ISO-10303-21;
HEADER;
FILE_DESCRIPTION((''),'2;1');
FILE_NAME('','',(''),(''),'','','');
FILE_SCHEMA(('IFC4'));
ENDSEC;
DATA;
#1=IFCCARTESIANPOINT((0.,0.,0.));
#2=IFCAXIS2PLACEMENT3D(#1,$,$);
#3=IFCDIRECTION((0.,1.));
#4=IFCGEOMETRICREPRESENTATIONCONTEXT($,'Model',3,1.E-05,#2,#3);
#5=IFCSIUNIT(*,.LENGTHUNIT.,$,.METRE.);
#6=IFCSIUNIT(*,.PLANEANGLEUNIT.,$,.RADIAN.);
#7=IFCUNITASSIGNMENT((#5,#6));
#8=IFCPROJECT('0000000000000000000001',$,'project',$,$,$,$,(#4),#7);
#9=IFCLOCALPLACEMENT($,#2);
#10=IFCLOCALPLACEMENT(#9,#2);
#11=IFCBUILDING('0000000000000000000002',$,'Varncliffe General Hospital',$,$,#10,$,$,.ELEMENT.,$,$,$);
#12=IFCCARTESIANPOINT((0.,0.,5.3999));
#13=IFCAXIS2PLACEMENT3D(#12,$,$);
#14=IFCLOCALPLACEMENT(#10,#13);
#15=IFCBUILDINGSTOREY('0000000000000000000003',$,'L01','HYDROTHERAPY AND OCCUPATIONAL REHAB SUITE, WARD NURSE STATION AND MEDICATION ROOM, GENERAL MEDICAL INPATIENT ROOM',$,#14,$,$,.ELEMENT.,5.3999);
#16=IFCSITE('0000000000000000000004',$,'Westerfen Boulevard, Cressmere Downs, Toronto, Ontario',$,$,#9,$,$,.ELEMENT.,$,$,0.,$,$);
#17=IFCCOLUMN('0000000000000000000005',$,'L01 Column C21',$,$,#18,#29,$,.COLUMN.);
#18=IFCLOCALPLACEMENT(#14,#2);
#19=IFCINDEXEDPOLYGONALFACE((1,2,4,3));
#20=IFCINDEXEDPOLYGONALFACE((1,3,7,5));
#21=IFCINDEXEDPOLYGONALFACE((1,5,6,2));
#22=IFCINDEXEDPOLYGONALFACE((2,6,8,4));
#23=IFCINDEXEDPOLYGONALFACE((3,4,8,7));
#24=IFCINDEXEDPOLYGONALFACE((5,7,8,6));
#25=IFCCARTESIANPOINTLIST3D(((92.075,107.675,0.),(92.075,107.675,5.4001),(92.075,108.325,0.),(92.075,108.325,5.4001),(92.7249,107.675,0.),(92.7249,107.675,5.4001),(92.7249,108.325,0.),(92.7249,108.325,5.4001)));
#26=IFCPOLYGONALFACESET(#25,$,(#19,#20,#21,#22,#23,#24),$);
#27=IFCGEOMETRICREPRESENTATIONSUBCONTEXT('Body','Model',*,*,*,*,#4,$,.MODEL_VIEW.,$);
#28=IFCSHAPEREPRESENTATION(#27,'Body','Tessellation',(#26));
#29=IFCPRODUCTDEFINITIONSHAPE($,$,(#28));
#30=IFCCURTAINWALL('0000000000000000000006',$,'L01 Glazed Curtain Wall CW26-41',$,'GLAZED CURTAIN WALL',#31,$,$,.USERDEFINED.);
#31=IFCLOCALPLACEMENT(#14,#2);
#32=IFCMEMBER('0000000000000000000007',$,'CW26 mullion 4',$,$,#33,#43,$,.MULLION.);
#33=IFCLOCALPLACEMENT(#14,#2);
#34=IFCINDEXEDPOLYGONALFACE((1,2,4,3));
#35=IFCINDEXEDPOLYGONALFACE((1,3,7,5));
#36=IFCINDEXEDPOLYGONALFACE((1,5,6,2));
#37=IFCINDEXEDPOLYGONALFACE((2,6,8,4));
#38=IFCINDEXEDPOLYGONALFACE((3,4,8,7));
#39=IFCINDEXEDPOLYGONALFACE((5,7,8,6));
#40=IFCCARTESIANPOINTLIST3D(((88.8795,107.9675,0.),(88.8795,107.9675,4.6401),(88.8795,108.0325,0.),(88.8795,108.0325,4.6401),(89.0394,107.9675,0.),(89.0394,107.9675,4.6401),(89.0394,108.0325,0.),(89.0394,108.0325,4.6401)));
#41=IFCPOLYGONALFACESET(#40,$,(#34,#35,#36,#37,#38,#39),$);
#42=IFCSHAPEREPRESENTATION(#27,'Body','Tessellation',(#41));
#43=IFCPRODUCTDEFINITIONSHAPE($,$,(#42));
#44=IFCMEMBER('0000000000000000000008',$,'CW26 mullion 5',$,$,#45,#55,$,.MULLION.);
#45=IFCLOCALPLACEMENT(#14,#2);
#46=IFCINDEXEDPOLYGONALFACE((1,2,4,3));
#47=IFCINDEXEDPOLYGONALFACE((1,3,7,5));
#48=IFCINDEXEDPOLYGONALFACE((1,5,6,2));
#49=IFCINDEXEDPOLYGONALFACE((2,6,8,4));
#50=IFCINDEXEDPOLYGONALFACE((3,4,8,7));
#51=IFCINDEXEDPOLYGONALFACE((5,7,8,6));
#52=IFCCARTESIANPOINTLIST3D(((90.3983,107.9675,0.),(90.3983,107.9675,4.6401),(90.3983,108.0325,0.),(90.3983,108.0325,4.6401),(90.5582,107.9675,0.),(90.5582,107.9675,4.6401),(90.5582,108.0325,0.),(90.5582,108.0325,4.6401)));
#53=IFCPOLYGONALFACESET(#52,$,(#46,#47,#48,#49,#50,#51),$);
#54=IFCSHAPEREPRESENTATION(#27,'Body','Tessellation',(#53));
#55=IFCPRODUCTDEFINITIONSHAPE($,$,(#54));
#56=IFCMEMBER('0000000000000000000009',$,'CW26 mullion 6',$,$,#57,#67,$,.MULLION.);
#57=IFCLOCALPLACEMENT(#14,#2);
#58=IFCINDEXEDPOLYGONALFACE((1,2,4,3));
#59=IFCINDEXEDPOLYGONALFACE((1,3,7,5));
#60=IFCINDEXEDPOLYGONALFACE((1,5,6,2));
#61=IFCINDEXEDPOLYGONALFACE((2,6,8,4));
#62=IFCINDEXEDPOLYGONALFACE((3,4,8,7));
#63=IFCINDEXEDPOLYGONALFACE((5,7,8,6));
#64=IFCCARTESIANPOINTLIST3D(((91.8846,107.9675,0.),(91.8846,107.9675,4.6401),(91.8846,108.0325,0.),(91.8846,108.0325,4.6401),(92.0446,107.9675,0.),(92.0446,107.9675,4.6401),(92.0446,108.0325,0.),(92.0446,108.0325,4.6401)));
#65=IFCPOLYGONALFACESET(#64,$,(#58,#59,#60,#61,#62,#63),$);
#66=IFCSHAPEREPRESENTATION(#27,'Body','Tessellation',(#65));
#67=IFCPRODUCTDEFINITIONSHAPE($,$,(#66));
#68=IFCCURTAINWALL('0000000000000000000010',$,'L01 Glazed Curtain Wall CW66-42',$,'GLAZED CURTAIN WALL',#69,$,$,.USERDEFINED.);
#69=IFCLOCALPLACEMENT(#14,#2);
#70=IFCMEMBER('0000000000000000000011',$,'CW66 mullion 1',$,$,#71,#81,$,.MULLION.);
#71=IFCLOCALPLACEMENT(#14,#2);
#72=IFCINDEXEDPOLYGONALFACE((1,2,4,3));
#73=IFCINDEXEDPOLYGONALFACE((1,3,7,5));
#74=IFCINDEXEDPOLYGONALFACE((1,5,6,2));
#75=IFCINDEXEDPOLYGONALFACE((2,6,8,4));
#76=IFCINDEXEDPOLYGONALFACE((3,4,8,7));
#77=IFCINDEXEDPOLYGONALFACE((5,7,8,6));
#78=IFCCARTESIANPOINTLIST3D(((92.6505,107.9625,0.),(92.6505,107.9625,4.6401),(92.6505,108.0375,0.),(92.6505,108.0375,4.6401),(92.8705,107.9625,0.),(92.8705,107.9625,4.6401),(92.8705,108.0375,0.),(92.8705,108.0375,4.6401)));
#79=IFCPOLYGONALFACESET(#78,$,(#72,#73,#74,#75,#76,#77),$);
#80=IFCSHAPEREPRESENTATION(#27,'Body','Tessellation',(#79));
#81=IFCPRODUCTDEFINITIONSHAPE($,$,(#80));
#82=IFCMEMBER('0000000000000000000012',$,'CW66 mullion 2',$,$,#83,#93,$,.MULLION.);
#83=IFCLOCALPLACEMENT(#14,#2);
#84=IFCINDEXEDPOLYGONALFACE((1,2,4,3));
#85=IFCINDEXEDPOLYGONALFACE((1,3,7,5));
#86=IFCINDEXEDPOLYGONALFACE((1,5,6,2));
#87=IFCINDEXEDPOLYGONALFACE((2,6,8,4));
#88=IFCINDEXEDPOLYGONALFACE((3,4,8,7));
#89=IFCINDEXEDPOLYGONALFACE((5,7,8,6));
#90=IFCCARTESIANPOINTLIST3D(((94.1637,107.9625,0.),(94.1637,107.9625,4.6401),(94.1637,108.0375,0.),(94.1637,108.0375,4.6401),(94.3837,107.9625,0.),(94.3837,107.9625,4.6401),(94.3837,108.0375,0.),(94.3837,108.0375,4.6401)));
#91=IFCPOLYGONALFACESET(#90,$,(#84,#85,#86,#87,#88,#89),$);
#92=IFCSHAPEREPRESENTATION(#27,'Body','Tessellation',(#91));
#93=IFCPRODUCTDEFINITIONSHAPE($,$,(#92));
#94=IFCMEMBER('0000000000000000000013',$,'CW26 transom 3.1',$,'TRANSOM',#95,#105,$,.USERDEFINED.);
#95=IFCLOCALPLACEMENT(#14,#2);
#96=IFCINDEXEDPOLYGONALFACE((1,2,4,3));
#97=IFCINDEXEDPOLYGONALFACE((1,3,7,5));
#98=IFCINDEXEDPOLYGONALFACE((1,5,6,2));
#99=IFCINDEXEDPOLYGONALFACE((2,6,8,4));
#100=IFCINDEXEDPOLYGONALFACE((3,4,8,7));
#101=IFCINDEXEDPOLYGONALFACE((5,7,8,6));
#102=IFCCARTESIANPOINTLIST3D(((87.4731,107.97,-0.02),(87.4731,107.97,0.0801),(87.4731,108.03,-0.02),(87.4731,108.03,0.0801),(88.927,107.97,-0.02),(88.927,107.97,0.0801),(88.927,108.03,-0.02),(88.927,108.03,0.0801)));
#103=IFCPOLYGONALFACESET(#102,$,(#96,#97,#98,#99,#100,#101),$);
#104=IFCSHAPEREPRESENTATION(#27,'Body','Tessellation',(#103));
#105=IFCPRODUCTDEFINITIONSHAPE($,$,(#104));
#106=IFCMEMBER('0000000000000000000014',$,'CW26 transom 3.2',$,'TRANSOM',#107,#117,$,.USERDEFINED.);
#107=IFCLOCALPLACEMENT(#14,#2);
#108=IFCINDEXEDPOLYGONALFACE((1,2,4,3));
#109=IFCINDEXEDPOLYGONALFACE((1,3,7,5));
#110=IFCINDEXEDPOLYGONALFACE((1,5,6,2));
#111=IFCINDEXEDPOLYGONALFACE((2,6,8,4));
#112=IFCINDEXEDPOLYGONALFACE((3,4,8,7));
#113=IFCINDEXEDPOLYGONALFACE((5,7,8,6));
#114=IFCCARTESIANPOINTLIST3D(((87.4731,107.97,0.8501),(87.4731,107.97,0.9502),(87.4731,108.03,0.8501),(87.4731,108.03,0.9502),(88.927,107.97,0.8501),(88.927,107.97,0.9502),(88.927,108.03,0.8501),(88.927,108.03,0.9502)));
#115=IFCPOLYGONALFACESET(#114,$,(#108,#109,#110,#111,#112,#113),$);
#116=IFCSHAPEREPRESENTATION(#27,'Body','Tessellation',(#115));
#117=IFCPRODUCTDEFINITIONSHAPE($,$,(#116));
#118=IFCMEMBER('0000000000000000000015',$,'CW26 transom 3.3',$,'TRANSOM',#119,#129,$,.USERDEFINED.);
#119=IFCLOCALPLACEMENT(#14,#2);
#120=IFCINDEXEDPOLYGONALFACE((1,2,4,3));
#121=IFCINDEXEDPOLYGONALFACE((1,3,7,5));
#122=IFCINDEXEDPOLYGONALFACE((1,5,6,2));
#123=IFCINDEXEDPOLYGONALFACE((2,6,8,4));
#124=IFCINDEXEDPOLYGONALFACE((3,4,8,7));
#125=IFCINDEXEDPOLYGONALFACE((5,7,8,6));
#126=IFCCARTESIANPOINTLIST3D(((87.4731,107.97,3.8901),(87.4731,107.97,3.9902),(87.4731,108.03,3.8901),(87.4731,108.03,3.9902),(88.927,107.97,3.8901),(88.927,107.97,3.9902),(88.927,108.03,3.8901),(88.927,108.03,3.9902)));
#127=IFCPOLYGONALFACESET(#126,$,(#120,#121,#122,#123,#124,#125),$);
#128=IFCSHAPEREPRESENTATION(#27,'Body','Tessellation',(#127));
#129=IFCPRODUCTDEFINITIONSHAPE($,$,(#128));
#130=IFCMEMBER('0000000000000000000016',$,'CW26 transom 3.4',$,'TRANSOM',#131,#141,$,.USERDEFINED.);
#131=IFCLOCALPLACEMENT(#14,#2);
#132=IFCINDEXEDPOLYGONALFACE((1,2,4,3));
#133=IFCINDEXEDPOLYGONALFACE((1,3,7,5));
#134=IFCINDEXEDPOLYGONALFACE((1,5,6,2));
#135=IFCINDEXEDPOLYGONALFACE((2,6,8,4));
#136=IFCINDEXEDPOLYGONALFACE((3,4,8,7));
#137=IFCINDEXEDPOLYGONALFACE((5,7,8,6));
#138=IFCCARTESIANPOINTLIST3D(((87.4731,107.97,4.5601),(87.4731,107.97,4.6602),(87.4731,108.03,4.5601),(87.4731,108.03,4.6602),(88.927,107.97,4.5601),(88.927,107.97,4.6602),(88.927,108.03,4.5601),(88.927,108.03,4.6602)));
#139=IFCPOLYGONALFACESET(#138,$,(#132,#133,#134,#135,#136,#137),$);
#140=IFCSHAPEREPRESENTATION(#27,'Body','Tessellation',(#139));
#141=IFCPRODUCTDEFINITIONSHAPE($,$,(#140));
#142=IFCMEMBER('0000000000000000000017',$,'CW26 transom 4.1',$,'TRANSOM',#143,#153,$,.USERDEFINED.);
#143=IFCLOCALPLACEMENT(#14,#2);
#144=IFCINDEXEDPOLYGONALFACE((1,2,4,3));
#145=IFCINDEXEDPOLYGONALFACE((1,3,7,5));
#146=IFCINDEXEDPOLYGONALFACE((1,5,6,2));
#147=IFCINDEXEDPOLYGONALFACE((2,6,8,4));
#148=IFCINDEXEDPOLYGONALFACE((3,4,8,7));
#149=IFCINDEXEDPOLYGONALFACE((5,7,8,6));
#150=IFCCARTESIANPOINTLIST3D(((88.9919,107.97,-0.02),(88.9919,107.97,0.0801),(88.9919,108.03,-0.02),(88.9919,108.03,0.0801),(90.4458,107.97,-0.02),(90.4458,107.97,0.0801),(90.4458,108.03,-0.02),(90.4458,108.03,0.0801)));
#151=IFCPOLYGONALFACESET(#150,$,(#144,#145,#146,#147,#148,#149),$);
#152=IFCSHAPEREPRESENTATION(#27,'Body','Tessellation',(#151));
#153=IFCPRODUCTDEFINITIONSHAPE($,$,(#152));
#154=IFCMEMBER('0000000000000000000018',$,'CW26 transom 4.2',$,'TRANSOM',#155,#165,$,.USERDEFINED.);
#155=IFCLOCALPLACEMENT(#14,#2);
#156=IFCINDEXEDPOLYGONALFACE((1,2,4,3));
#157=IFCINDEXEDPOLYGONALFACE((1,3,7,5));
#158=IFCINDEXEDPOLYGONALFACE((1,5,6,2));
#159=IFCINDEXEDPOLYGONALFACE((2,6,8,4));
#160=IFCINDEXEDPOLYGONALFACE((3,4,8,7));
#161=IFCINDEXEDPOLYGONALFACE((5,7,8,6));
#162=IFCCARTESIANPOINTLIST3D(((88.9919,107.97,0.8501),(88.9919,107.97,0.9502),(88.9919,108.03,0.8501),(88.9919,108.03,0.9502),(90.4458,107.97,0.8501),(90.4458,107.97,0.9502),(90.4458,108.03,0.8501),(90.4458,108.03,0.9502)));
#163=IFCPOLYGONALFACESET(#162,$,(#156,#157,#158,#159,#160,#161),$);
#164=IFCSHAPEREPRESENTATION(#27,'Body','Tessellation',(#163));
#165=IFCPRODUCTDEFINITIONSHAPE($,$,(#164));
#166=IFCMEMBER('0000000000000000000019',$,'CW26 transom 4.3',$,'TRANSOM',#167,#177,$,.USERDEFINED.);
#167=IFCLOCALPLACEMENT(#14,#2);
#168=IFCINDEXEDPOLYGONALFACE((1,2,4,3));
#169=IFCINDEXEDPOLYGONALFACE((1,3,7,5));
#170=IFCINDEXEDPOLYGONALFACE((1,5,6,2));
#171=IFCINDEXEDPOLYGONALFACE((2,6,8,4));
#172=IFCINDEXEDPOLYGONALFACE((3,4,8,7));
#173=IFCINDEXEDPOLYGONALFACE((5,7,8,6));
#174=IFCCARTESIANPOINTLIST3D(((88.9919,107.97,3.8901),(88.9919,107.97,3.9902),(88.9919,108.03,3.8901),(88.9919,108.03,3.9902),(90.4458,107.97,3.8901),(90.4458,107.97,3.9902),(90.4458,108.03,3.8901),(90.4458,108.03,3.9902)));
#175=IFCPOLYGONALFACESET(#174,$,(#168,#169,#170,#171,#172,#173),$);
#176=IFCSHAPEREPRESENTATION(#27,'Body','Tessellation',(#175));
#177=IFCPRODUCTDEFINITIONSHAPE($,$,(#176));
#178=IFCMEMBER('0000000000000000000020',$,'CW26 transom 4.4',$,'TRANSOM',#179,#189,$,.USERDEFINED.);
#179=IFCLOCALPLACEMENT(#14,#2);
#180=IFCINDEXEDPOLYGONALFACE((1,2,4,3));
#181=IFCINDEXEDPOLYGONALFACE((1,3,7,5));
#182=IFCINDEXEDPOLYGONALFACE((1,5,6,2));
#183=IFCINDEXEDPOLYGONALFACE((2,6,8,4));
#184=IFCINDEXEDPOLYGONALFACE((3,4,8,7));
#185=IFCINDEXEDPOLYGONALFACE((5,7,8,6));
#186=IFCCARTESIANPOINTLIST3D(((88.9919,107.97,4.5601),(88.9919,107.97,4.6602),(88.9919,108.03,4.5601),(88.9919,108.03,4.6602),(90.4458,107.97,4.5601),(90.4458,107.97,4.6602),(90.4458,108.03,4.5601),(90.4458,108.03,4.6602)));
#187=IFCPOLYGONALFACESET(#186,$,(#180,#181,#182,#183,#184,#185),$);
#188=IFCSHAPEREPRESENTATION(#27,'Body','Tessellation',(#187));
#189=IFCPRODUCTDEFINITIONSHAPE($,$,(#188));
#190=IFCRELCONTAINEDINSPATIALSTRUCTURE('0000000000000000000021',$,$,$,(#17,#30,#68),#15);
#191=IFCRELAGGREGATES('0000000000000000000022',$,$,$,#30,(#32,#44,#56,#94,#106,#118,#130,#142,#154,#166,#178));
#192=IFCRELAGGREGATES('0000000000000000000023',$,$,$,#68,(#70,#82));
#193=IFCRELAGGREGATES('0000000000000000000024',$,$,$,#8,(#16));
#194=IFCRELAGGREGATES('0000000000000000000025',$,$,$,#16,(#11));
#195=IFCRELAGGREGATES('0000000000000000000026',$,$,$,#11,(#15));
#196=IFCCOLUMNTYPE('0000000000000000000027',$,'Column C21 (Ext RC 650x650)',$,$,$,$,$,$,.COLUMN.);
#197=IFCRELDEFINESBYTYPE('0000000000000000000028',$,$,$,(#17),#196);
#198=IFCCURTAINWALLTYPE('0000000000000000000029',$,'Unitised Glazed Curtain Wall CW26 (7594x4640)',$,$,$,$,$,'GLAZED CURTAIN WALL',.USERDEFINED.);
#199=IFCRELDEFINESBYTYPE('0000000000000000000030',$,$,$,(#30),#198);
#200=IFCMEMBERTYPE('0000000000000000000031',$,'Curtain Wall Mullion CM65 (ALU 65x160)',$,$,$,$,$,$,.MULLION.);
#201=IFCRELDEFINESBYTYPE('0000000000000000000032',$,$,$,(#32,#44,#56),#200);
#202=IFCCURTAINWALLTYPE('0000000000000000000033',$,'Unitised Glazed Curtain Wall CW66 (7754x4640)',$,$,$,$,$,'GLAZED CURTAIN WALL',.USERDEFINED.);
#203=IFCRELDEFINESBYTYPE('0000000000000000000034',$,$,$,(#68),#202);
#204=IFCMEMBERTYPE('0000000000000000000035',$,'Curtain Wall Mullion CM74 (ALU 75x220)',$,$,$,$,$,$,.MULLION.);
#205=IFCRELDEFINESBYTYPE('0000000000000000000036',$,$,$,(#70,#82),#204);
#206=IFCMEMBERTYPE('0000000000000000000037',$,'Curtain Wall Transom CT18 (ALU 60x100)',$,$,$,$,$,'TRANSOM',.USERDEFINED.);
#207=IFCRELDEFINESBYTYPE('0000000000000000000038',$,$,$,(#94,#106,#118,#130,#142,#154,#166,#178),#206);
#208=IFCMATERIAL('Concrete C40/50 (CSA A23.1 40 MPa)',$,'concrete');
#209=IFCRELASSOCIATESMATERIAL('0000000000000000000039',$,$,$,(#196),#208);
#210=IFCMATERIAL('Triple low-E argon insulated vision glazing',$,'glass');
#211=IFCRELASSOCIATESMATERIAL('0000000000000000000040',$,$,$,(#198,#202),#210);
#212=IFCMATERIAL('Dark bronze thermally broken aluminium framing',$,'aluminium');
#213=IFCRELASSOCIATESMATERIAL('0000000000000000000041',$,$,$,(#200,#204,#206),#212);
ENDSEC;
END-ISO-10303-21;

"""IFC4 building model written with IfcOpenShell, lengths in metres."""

from ifc_helpers import new_model, si_unit, direction, frame, origin, origin_2d, place, context, subcontext, project, spatial, rectangle, extrude, material, material_profile, profile_set, type_object, element, aggregate, save


model = new_model("IFC4")

# Units and contexts
model_context = context("Model", 3, precision=1e-05, world=origin(), true_north=direction((0.0, 1.0)))
body_context = subcontext(model_context, "Body", "Model", "MODEL_VIEW")
ifc_project = project(units=[si_unit("LENGTHUNIT", "METRE"), si_unit("PLANEANGLEUNIT", "RADIAN")], contexts=[model_context])

# Site, building, storey
site_placement = place(None, origin())
site = spatial("IfcSite", under=ifc_project, at=site_placement, Name="Westerfen Boulevard, Cressmere Downs, Toronto, Ontario", CompositionType="ELEMENT", RefElevation=0.0)
building_placement = place(site_placement, origin())
building = spatial("IfcBuilding", under=site, at=building_placement, Name="Varncliffe General Hospital", CompositionType="ELEMENT")
storey_placement = place(building_placement, frame((0.0, 0.0, 5.3999)))
storey = spatial("IfcBuildingStorey", under=building, at=storey_placement, Name="L01", Description="HYDROTHERAPY AND OCCUPATIONAL REHAB SUITE, WARD NURSE STATION AND MEDICATION ROOM, GENERAL MEDICAL INPATIENT ROOM", CompositionType="ELEMENT", Elevation=5.3999)

# Column
ifc_material_1 = material(Name="Concrete C40/50 (CSA A23.1 40 MPa)", Category="concrete")
ifc_material_profile_1 = material_profile(ifc_material_1, rectangle(XDim=0.6499, YDim=0.6499, at=origin_2d()), Name="RC 650x650")
ifc_profile_set_1 = profile_set([ifc_material_profile_1], Name="Concrete C40/50 (CSA A23.1 40 MPa)")
column_type = type_object("IfcColumnType", Name="Column C21 (Ext RC 650x650)", PredefinedType="COLUMN", material=ifc_profile_set_1)
column_placement = place(storey_placement, frame((92.3999, 108.0, 0.0), z_axis=(0.0, 0.0, 1.0), x_axis=(1.0, 0.0, 0.0)))
element("IfcColumn", 1, at=column_placement, inside=storey, type_object=column_type, Name="L01 Column C21", PredefinedType="COLUMN", context=body_context, shape_type="SweptSolid", body=[
    extrude(rectangle(XDim=0.6499, YDim=0.6499, at=origin_2d()), origin(), (0.0, 0.0, 1.0), 5.4001),
])

# Curtain walls, members
ifc_material_2 = material(Name="Triple low-E argon insulated vision glazing", Category="glass")
curtain_wall_type_1 = type_object("IfcCurtainWallType", Name="Unitised Glazed Curtain Wall CW26 (7594x4640)", ElementType="GLAZED CURTAIN WALL", PredefinedType="USERDEFINED", material=ifc_material_2)
curtain_wall_1_placement = place(storey_placement, origin())
curtain_wall_1 = element("IfcCurtainWall", 2, at=curtain_wall_1_placement, inside=storey, type_object=curtain_wall_type_1, Name="L01 Glazed Curtain Wall CW26-41", ObjectType="GLAZED CURTAIN WALL", PredefinedType="USERDEFINED")
ifc_material_3 = material(Name="Dark bronze thermally broken aluminium framing", Category="aluminium")
ifc_material_profile_2 = material_profile(ifc_material_3, rectangle(XDim=0.0649, YDim=0.1599, at=origin_2d()), Name="ALU 65x160")
ifc_profile_set_2 = profile_set([ifc_material_profile_2], Name="Dark bronze thermally broken aluminium framing")
member_type_1 = type_object("IfcMemberType", Name="Curtain Wall Mullion CM65 (ALU 65x160)", PredefinedType="MULLION", material=ifc_profile_set_2)
member_1_placement = place(storey_placement, frame((88.9595, 108.0, 0.0), z_axis=(0.0, 0.0, 1.0), x_axis=(0.0, 1.0, 0.0)))
member_1 = element("IfcMember", 3, at=member_1_placement, type_object=member_type_1, Name="CW26 mullion 4", PredefinedType="MULLION", context=body_context, shape_type="SweptSolid", body=[
    extrude(rectangle(XDim=0.0649, YDim=0.1599, at=origin_2d()), origin(), (0.0, 0.0, 1.0), 4.6401),
])
member_2_placement = place(storey_placement, frame((90.4783, 108.0, 0.0), z_axis=(0.0, 0.0, 1.0), x_axis=(0.0, 1.0, 0.0)))
member_2 = element("IfcMember", 4, at=member_2_placement, type_object=member_type_1, Name="CW26 mullion 5", PredefinedType="MULLION", context=body_context, shape_type="SweptSolid", body=[
    extrude(rectangle(XDim=0.0649, YDim=0.1599, at=origin_2d()), origin(), (0.0, 0.0, 1.0), 4.6401),
])
member_3_placement = place(storey_placement, frame((91.9646, 108.0, 0.0), z_axis=(0.0, 0.0, 1.0), x_axis=(0.0, 1.0, 0.0)))
member_3 = element("IfcMember", 5, at=member_3_placement, type_object=member_type_1, Name="CW26 mullion 6", PredefinedType="MULLION", context=body_context, shape_type="SweptSolid", body=[
    extrude(rectangle(XDim=0.0649, YDim=0.1599, at=origin_2d()), origin(), (0.0, 0.0, 1.0), 4.6401),
])
curtain_wall_type_2 = type_object("IfcCurtainWallType", Name="Unitised Glazed Curtain Wall CW66 (7754x4640)", ElementType="GLAZED CURTAIN WALL", PredefinedType="USERDEFINED", material=ifc_material_2)
curtain_wall_2_placement = place(storey_placement, origin())
curtain_wall_2 = element("IfcCurtainWall", 6, at=curtain_wall_2_placement, inside=storey, type_object=curtain_wall_type_2, Name="L01 Glazed Curtain Wall CW66-42", ObjectType="GLAZED CURTAIN WALL", PredefinedType="USERDEFINED")
ifc_material_profile_3 = material_profile(ifc_material_3, rectangle(XDim=0.075, YDim=0.22, at=origin_2d()), Name="ALU 75x220")
ifc_profile_set_3 = profile_set([ifc_material_profile_3], Name="Dark bronze thermally broken aluminium framing")
member_type_2 = type_object("IfcMemberType", Name="Curtain Wall Mullion CM74 (ALU 75x220)", PredefinedType="MULLION", material=ifc_profile_set_3)
member_4_placement = place(storey_placement, frame((92.7605, 108.0, 0.0), z_axis=(0.0, 0.0, 1.0), x_axis=(0.0, 1.0, 0.0)))
member_4 = element("IfcMember", 7, at=member_4_placement, type_object=member_type_2, Name="CW66 mullion 1", PredefinedType="MULLION", context=body_context, shape_type="SweptSolid", body=[
    extrude(rectangle(XDim=0.075, YDim=0.22, at=origin_2d()), origin(), (0.0, 0.0, 1.0), 4.6401),
])
member_5_placement = place(storey_placement, frame((94.2737, 108.0, 0.0), z_axis=(0.0, 0.0, 1.0), x_axis=(0.0, 1.0, 0.0)))
member_5 = element("IfcMember", 8, at=member_5_placement, type_object=member_type_2, Name="CW66 mullion 2", PredefinedType="MULLION", context=body_context, shape_type="SweptSolid", body=[
    extrude(rectangle(XDim=0.075, YDim=0.22, at=origin_2d()), origin(), (0.0, 0.0, 1.0), 4.6401),
])

# Members
ifc_material_profile_4 = material_profile(ifc_material_3, rectangle(XDim=0.0601, YDim=0.1001, at=origin_2d()), Name="ALU 60x100")
ifc_profile_set_4 = profile_set([ifc_material_profile_4], Name="Dark bronze thermally broken aluminium framing")
member_type_3 = type_object("IfcMemberType", Name="Curtain Wall Transom CT18 (ALU 60x100)", ElementType="TRANSOM", PredefinedType="USERDEFINED", material=ifc_profile_set_4)
member_6_placement = place(storey_placement, frame((87.4731, 108.0, 0.03), z_axis=(1.0, 0.0, 0.0), x_axis=(0.0, 1.0, 0.0)))
member_6 = element("IfcMember", 9, at=member_6_placement, type_object=member_type_3, Name="CW26 transom 3.1", ObjectType="TRANSOM", PredefinedType="USERDEFINED", context=body_context, shape_type="SweptSolid", body=[
    extrude(rectangle(XDim=0.0601, YDim=0.1001, at=origin_2d()), origin(), (0.0, 0.0, 1.0), 1.4539),
])
member_7_placement = place(storey_placement, frame((87.4731, 108.0, 0.9001), z_axis=(1.0, 0.0, 0.0), x_axis=(0.0, 1.0, 0.0)))
member_7 = element("IfcMember", 10, at=member_7_placement, type_object=member_type_3, Name="CW26 transom 3.2", ObjectType="TRANSOM", PredefinedType="USERDEFINED", context=body_context, shape_type="SweptSolid", body=[
    extrude(rectangle(XDim=0.0601, YDim=0.1001, at=origin_2d()), origin(), (0.0, 0.0, 1.0), 1.4539),
])
member_8_placement = place(storey_placement, frame((87.4731, 108.0, 3.9402), z_axis=(1.0, 0.0, 0.0), x_axis=(0.0, 1.0, 0.0)))
member_8 = element("IfcMember", 11, at=member_8_placement, type_object=member_type_3, Name="CW26 transom 3.3", ObjectType="TRANSOM", PredefinedType="USERDEFINED", context=body_context, shape_type="SweptSolid", body=[
    extrude(rectangle(XDim=0.0601, YDim=0.1001, at=origin_2d()), origin(), (0.0, 0.0, 1.0), 1.4539),
])
member_9_placement = place(storey_placement, frame((87.4731, 108.0, 4.6101), z_axis=(1.0, 0.0, 0.0), x_axis=(0.0, 1.0, 0.0)))
member_9 = element("IfcMember", 12, at=member_9_placement, type_object=member_type_3, Name="CW26 transom 3.4", ObjectType="TRANSOM", PredefinedType="USERDEFINED", context=body_context, shape_type="SweptSolid", body=[
    extrude(rectangle(XDim=0.0601, YDim=0.1001, at=origin_2d()), origin(), (0.0, 0.0, 1.0), 1.4539),
])
member_10_placement = place(storey_placement, frame((88.9919, 108.0, 0.03), z_axis=(1.0, 0.0, 0.0), x_axis=(0.0, 1.0, 0.0)))
member_10 = element("IfcMember", 13, at=member_10_placement, type_object=member_type_3, Name="CW26 transom 4.1", ObjectType="TRANSOM", PredefinedType="USERDEFINED", context=body_context, shape_type="SweptSolid", body=[
    extrude(rectangle(XDim=0.0601, YDim=0.1001, at=origin_2d()), origin(), (0.0, 0.0, 1.0), 1.4539),
])
member_11_placement = place(storey_placement, frame((88.9919, 108.0, 0.9001), z_axis=(1.0, 0.0, 0.0), x_axis=(0.0, 1.0, 0.0)))
member_11 = element("IfcMember", 14, at=member_11_placement, type_object=member_type_3, Name="CW26 transom 4.2", ObjectType="TRANSOM", PredefinedType="USERDEFINED", context=body_context, shape_type="SweptSolid", body=[
    extrude(rectangle(XDim=0.0601, YDim=0.1001, at=origin_2d()), origin(), (0.0, 0.0, 1.0), 1.4539),
])
member_12_placement = place(storey_placement, frame((88.9919, 108.0, 3.9402), z_axis=(1.0, 0.0, 0.0), x_axis=(0.0, 1.0, 0.0)))
member_12 = element("IfcMember", 15, at=member_12_placement, type_object=member_type_3, Name="CW26 transom 4.3", ObjectType="TRANSOM", PredefinedType="USERDEFINED", context=body_context, shape_type="SweptSolid", body=[
    extrude(rectangle(XDim=0.0601, YDim=0.1001, at=origin_2d()), origin(), (0.0, 0.0, 1.0), 1.4539),
])
member_13_placement = place(storey_placement, frame((88.9919, 108.0, 4.6101), z_axis=(1.0, 0.0, 0.0), x_axis=(0.0, 1.0, 0.0)))
member_13 = element("IfcMember", 16, at=member_13_placement, type_object=member_type_3, Name="CW26 transom 4.4", ObjectType="TRANSOM", PredefinedType="USERDEFINED", context=body_context, shape_type="SweptSolid", body=[
    extrude(rectangle(XDim=0.0601, YDim=0.1001, at=origin_2d()), origin(), (0.0, 0.0, 1.0), 1.4539),
])

aggregate(curtain_wall_1, [member_1, member_2, member_3, member_6, member_7, member_8, member_9, member_10, member_11, member_12, member_13])
aggregate(curtain_wall_2, [member_4, member_5])

save(model, "model.ifc")
